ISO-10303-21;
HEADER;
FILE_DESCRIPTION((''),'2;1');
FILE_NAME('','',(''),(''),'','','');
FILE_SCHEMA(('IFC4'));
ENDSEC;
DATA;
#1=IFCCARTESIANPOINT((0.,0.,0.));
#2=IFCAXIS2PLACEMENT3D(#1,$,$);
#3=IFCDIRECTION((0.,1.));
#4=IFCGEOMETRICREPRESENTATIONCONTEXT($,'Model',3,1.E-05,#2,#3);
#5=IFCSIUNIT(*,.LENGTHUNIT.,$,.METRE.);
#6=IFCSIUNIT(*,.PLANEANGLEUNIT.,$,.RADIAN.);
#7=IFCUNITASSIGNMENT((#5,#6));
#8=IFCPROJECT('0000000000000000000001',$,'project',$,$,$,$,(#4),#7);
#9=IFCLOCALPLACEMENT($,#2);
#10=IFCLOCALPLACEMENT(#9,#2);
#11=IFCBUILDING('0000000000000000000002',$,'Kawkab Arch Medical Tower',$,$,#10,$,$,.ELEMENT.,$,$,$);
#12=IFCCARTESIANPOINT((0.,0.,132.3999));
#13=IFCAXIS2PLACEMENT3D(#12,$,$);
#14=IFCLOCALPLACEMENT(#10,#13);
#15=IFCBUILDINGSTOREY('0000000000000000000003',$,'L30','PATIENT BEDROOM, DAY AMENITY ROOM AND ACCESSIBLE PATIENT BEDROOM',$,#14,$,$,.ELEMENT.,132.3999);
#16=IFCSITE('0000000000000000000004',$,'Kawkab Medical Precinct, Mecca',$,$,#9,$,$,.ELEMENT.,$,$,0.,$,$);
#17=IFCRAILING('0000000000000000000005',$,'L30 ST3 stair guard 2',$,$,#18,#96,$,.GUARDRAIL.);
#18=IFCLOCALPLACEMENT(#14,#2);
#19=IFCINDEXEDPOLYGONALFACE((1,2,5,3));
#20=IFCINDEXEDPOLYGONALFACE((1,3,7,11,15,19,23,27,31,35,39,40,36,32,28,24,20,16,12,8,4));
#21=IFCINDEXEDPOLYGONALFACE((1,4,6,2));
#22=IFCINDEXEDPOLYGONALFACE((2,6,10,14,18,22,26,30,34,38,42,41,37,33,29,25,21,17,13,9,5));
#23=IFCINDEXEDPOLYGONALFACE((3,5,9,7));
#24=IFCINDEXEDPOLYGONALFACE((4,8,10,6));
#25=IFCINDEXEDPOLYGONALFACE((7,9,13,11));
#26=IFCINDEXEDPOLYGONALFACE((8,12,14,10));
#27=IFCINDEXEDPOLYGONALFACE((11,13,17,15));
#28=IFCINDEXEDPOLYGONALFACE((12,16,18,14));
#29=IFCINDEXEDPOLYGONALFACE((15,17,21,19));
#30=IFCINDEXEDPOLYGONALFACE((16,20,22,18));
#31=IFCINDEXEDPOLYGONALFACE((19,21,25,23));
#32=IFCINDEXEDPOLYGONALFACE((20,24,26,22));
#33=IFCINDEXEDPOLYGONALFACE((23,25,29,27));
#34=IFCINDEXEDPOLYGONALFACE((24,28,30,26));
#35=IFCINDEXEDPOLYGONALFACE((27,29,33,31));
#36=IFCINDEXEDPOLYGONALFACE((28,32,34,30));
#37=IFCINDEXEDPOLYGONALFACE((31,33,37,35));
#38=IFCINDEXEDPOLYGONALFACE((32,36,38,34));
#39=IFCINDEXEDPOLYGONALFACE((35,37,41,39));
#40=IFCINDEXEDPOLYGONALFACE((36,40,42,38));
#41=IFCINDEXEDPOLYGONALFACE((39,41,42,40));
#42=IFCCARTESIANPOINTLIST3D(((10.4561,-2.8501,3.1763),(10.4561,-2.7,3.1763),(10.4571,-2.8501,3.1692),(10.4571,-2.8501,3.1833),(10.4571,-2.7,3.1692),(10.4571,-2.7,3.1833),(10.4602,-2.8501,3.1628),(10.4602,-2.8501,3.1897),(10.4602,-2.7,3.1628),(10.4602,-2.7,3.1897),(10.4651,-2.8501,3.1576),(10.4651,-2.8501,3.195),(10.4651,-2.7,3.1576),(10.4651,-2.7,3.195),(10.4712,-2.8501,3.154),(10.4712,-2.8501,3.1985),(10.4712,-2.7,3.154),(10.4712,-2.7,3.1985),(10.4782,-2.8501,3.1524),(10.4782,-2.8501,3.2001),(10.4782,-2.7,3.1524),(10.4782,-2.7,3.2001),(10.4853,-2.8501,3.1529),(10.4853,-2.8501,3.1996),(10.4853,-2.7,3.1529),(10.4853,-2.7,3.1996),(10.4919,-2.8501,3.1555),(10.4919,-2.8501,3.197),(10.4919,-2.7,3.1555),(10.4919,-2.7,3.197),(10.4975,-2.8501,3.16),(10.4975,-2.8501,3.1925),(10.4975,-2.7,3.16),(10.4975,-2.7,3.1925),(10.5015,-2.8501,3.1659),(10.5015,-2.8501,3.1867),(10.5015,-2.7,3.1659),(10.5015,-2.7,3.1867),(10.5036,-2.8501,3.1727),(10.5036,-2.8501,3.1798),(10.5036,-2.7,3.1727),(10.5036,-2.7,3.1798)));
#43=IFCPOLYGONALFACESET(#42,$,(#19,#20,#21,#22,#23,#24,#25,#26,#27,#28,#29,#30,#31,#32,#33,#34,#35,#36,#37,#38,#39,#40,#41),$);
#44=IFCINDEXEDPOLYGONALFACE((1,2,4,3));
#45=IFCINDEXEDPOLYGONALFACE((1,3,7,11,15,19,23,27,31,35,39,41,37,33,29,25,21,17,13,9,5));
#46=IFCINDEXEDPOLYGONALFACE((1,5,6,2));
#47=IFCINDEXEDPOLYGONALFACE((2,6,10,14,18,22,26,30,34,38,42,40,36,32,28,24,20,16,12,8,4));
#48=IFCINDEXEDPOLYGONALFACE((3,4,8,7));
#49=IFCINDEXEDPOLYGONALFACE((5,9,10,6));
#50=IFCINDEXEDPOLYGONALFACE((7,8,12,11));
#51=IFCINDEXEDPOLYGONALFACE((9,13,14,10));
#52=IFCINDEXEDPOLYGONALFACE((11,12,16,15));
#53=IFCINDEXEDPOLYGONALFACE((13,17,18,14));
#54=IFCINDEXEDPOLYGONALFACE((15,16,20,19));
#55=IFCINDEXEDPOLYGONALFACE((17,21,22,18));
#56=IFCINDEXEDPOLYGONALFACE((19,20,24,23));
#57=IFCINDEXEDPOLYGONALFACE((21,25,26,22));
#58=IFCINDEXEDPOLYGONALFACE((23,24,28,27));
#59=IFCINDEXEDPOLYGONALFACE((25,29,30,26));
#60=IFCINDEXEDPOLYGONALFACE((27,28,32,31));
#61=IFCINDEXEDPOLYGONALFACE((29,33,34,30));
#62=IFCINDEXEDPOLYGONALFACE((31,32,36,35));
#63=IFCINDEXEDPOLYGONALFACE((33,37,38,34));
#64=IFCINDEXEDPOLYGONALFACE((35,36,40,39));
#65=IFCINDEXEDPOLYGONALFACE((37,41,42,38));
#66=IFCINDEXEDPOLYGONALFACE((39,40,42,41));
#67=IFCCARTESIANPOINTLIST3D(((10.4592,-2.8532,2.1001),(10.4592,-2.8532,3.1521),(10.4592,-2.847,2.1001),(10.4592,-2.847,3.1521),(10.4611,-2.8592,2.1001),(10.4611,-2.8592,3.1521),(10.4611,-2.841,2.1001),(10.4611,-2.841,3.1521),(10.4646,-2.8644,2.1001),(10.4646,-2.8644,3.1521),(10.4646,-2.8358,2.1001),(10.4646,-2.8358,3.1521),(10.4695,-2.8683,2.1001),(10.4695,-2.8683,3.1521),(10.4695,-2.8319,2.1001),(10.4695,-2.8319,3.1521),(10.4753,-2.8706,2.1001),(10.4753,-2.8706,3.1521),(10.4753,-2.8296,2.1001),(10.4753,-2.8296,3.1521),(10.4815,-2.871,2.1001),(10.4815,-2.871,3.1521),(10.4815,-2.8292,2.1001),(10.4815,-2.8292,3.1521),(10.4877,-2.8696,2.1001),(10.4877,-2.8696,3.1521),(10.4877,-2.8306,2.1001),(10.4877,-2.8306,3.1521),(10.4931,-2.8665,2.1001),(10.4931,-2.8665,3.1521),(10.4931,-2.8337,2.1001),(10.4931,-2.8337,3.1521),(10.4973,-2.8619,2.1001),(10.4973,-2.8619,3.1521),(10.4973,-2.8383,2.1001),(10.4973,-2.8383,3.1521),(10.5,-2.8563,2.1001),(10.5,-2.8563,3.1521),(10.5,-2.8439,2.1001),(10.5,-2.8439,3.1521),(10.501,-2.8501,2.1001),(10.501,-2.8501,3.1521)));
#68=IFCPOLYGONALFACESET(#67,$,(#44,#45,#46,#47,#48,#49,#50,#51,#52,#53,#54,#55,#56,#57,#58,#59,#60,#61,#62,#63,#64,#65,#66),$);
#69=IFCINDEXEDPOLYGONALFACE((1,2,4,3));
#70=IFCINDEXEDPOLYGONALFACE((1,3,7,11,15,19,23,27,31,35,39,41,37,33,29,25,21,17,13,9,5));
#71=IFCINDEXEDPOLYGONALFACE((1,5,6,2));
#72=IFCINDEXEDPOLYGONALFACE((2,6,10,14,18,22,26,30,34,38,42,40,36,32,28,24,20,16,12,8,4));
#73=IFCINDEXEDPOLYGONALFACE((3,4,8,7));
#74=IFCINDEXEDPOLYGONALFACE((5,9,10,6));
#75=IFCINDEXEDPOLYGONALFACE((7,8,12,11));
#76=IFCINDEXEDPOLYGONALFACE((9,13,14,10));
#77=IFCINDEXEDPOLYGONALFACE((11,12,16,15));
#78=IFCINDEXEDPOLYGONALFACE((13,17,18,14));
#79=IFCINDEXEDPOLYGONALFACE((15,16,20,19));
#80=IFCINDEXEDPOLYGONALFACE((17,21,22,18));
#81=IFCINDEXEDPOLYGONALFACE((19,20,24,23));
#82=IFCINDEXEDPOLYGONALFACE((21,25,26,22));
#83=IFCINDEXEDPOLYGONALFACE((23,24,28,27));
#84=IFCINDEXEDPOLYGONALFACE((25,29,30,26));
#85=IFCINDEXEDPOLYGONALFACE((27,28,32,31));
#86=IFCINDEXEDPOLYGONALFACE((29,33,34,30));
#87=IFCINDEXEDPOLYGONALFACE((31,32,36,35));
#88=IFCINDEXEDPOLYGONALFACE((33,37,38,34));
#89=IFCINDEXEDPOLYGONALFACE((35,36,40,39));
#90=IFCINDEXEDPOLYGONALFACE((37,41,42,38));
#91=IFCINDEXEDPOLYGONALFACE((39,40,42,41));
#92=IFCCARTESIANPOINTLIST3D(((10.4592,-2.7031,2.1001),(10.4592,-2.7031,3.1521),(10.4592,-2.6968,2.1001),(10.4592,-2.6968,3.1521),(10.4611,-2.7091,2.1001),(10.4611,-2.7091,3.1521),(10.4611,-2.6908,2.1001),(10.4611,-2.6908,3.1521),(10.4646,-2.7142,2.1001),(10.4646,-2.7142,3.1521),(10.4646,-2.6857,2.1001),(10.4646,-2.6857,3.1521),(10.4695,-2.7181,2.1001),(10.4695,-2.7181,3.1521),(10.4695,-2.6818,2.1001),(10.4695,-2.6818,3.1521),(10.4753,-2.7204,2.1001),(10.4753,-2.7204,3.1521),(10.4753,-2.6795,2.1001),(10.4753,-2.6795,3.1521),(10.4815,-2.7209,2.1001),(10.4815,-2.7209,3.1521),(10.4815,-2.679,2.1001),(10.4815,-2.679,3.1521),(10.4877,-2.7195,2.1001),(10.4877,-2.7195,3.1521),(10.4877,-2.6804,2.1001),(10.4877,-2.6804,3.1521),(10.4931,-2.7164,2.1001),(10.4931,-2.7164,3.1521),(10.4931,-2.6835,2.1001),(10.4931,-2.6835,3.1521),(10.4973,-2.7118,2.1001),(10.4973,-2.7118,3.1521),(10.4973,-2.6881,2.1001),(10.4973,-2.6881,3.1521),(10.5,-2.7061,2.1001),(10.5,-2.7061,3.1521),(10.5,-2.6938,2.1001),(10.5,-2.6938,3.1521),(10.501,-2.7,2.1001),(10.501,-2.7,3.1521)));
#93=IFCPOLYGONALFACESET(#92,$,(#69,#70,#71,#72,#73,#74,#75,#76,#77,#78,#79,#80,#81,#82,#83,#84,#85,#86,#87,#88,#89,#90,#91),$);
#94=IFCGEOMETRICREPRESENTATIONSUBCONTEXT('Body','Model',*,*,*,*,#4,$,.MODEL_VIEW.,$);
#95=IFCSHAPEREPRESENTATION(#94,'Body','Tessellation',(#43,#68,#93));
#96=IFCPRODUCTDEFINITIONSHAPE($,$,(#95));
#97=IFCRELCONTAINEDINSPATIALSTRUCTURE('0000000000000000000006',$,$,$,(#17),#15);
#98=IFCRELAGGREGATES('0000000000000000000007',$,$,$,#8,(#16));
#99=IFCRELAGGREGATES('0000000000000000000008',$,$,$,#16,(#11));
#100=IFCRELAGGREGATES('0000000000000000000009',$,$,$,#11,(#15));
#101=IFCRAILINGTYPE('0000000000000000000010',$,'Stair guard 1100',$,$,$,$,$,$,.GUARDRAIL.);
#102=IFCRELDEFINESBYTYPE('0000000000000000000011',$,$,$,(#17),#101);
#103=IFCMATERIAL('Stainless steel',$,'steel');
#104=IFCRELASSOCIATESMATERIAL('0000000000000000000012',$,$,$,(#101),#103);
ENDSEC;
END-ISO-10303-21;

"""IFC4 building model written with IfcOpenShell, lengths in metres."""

from ifc_helpers import new_model, si_unit, direction, frame, origin, origin_2d, place, context, subcontext, project, spatial, circle, extrude, material, type_object, element, save


model = new_model("IFC4")

# Units and contexts
model_context = context("Model", 3, precision=1e-05, world=origin(), true_north=direction((0.0, 1.0)))
body_context = subcontext(model_context, "Body", "Model", "MODEL_VIEW")
ifc_project = project(units=[si_unit("LENGTHUNIT", "METRE"), si_unit("PLANEANGLEUNIT", "RADIAN")], contexts=[model_context])

# Site, building, storey
site_placement = place(None, origin())
site = spatial("IfcSite", under=ifc_project, at=site_placement, Name="Kawkab Medical Precinct, Mecca", CompositionType="ELEMENT", RefElevation=0.0)
building_placement = place(site_placement, origin())
building = spatial("IfcBuilding", under=site, at=building_placement, Name="Kawkab Arch Medical Tower", CompositionType="ELEMENT")
storey_placement = place(building_placement, frame((0.0, 0.0, 132.3999)))
storey = spatial("IfcBuildingStorey", under=building, at=storey_placement, Name="L30", Description="PATIENT BEDROOM, DAY AMENITY ROOM AND ACCESSIBLE PATIENT BEDROOM", CompositionType="ELEMENT", Elevation=132.3999)

# Railing
ifc_material_1 = material(Name="Stainless steel", Category="steel")
railing_type_1 = type_object("IfcRailingType", Name="Stair guard 1100", PredefinedType="GUARDRAIL", material=ifc_material_1)
railing_1_placement = place(storey_placement, frame((10.48, -2.8501, 2.1001)))
element("IfcRailing", 1, at=railing_1_placement, inside=storey, type_object=railing_type_1, Name="L30 ST3 stair guard 2", PredefinedType="GUARDRAIL", context=body_context, shape_type="SweptSolid", body=[
    extrude(circle(Radius=0.0239, at=origin_2d()), frame((0.0, 0.0, 1.0762), z_axis=(0.0, 1.0, 0.0), x_axis=(-1.0, 0.0, 0.0)), (0.0, 0.0, 1.0), 0.1501),
    extrude(circle(Radius=0.021, at=origin_2d()), origin(), (0.0, 0.0, 1.0), 1.052),
    extrude(circle(Radius=0.021, at=origin_2d()), frame((0.0, 0.1501, 0.0)), (0.0, 0.0, 1.0), 1.052),
])

save(model, "model.ifc")
